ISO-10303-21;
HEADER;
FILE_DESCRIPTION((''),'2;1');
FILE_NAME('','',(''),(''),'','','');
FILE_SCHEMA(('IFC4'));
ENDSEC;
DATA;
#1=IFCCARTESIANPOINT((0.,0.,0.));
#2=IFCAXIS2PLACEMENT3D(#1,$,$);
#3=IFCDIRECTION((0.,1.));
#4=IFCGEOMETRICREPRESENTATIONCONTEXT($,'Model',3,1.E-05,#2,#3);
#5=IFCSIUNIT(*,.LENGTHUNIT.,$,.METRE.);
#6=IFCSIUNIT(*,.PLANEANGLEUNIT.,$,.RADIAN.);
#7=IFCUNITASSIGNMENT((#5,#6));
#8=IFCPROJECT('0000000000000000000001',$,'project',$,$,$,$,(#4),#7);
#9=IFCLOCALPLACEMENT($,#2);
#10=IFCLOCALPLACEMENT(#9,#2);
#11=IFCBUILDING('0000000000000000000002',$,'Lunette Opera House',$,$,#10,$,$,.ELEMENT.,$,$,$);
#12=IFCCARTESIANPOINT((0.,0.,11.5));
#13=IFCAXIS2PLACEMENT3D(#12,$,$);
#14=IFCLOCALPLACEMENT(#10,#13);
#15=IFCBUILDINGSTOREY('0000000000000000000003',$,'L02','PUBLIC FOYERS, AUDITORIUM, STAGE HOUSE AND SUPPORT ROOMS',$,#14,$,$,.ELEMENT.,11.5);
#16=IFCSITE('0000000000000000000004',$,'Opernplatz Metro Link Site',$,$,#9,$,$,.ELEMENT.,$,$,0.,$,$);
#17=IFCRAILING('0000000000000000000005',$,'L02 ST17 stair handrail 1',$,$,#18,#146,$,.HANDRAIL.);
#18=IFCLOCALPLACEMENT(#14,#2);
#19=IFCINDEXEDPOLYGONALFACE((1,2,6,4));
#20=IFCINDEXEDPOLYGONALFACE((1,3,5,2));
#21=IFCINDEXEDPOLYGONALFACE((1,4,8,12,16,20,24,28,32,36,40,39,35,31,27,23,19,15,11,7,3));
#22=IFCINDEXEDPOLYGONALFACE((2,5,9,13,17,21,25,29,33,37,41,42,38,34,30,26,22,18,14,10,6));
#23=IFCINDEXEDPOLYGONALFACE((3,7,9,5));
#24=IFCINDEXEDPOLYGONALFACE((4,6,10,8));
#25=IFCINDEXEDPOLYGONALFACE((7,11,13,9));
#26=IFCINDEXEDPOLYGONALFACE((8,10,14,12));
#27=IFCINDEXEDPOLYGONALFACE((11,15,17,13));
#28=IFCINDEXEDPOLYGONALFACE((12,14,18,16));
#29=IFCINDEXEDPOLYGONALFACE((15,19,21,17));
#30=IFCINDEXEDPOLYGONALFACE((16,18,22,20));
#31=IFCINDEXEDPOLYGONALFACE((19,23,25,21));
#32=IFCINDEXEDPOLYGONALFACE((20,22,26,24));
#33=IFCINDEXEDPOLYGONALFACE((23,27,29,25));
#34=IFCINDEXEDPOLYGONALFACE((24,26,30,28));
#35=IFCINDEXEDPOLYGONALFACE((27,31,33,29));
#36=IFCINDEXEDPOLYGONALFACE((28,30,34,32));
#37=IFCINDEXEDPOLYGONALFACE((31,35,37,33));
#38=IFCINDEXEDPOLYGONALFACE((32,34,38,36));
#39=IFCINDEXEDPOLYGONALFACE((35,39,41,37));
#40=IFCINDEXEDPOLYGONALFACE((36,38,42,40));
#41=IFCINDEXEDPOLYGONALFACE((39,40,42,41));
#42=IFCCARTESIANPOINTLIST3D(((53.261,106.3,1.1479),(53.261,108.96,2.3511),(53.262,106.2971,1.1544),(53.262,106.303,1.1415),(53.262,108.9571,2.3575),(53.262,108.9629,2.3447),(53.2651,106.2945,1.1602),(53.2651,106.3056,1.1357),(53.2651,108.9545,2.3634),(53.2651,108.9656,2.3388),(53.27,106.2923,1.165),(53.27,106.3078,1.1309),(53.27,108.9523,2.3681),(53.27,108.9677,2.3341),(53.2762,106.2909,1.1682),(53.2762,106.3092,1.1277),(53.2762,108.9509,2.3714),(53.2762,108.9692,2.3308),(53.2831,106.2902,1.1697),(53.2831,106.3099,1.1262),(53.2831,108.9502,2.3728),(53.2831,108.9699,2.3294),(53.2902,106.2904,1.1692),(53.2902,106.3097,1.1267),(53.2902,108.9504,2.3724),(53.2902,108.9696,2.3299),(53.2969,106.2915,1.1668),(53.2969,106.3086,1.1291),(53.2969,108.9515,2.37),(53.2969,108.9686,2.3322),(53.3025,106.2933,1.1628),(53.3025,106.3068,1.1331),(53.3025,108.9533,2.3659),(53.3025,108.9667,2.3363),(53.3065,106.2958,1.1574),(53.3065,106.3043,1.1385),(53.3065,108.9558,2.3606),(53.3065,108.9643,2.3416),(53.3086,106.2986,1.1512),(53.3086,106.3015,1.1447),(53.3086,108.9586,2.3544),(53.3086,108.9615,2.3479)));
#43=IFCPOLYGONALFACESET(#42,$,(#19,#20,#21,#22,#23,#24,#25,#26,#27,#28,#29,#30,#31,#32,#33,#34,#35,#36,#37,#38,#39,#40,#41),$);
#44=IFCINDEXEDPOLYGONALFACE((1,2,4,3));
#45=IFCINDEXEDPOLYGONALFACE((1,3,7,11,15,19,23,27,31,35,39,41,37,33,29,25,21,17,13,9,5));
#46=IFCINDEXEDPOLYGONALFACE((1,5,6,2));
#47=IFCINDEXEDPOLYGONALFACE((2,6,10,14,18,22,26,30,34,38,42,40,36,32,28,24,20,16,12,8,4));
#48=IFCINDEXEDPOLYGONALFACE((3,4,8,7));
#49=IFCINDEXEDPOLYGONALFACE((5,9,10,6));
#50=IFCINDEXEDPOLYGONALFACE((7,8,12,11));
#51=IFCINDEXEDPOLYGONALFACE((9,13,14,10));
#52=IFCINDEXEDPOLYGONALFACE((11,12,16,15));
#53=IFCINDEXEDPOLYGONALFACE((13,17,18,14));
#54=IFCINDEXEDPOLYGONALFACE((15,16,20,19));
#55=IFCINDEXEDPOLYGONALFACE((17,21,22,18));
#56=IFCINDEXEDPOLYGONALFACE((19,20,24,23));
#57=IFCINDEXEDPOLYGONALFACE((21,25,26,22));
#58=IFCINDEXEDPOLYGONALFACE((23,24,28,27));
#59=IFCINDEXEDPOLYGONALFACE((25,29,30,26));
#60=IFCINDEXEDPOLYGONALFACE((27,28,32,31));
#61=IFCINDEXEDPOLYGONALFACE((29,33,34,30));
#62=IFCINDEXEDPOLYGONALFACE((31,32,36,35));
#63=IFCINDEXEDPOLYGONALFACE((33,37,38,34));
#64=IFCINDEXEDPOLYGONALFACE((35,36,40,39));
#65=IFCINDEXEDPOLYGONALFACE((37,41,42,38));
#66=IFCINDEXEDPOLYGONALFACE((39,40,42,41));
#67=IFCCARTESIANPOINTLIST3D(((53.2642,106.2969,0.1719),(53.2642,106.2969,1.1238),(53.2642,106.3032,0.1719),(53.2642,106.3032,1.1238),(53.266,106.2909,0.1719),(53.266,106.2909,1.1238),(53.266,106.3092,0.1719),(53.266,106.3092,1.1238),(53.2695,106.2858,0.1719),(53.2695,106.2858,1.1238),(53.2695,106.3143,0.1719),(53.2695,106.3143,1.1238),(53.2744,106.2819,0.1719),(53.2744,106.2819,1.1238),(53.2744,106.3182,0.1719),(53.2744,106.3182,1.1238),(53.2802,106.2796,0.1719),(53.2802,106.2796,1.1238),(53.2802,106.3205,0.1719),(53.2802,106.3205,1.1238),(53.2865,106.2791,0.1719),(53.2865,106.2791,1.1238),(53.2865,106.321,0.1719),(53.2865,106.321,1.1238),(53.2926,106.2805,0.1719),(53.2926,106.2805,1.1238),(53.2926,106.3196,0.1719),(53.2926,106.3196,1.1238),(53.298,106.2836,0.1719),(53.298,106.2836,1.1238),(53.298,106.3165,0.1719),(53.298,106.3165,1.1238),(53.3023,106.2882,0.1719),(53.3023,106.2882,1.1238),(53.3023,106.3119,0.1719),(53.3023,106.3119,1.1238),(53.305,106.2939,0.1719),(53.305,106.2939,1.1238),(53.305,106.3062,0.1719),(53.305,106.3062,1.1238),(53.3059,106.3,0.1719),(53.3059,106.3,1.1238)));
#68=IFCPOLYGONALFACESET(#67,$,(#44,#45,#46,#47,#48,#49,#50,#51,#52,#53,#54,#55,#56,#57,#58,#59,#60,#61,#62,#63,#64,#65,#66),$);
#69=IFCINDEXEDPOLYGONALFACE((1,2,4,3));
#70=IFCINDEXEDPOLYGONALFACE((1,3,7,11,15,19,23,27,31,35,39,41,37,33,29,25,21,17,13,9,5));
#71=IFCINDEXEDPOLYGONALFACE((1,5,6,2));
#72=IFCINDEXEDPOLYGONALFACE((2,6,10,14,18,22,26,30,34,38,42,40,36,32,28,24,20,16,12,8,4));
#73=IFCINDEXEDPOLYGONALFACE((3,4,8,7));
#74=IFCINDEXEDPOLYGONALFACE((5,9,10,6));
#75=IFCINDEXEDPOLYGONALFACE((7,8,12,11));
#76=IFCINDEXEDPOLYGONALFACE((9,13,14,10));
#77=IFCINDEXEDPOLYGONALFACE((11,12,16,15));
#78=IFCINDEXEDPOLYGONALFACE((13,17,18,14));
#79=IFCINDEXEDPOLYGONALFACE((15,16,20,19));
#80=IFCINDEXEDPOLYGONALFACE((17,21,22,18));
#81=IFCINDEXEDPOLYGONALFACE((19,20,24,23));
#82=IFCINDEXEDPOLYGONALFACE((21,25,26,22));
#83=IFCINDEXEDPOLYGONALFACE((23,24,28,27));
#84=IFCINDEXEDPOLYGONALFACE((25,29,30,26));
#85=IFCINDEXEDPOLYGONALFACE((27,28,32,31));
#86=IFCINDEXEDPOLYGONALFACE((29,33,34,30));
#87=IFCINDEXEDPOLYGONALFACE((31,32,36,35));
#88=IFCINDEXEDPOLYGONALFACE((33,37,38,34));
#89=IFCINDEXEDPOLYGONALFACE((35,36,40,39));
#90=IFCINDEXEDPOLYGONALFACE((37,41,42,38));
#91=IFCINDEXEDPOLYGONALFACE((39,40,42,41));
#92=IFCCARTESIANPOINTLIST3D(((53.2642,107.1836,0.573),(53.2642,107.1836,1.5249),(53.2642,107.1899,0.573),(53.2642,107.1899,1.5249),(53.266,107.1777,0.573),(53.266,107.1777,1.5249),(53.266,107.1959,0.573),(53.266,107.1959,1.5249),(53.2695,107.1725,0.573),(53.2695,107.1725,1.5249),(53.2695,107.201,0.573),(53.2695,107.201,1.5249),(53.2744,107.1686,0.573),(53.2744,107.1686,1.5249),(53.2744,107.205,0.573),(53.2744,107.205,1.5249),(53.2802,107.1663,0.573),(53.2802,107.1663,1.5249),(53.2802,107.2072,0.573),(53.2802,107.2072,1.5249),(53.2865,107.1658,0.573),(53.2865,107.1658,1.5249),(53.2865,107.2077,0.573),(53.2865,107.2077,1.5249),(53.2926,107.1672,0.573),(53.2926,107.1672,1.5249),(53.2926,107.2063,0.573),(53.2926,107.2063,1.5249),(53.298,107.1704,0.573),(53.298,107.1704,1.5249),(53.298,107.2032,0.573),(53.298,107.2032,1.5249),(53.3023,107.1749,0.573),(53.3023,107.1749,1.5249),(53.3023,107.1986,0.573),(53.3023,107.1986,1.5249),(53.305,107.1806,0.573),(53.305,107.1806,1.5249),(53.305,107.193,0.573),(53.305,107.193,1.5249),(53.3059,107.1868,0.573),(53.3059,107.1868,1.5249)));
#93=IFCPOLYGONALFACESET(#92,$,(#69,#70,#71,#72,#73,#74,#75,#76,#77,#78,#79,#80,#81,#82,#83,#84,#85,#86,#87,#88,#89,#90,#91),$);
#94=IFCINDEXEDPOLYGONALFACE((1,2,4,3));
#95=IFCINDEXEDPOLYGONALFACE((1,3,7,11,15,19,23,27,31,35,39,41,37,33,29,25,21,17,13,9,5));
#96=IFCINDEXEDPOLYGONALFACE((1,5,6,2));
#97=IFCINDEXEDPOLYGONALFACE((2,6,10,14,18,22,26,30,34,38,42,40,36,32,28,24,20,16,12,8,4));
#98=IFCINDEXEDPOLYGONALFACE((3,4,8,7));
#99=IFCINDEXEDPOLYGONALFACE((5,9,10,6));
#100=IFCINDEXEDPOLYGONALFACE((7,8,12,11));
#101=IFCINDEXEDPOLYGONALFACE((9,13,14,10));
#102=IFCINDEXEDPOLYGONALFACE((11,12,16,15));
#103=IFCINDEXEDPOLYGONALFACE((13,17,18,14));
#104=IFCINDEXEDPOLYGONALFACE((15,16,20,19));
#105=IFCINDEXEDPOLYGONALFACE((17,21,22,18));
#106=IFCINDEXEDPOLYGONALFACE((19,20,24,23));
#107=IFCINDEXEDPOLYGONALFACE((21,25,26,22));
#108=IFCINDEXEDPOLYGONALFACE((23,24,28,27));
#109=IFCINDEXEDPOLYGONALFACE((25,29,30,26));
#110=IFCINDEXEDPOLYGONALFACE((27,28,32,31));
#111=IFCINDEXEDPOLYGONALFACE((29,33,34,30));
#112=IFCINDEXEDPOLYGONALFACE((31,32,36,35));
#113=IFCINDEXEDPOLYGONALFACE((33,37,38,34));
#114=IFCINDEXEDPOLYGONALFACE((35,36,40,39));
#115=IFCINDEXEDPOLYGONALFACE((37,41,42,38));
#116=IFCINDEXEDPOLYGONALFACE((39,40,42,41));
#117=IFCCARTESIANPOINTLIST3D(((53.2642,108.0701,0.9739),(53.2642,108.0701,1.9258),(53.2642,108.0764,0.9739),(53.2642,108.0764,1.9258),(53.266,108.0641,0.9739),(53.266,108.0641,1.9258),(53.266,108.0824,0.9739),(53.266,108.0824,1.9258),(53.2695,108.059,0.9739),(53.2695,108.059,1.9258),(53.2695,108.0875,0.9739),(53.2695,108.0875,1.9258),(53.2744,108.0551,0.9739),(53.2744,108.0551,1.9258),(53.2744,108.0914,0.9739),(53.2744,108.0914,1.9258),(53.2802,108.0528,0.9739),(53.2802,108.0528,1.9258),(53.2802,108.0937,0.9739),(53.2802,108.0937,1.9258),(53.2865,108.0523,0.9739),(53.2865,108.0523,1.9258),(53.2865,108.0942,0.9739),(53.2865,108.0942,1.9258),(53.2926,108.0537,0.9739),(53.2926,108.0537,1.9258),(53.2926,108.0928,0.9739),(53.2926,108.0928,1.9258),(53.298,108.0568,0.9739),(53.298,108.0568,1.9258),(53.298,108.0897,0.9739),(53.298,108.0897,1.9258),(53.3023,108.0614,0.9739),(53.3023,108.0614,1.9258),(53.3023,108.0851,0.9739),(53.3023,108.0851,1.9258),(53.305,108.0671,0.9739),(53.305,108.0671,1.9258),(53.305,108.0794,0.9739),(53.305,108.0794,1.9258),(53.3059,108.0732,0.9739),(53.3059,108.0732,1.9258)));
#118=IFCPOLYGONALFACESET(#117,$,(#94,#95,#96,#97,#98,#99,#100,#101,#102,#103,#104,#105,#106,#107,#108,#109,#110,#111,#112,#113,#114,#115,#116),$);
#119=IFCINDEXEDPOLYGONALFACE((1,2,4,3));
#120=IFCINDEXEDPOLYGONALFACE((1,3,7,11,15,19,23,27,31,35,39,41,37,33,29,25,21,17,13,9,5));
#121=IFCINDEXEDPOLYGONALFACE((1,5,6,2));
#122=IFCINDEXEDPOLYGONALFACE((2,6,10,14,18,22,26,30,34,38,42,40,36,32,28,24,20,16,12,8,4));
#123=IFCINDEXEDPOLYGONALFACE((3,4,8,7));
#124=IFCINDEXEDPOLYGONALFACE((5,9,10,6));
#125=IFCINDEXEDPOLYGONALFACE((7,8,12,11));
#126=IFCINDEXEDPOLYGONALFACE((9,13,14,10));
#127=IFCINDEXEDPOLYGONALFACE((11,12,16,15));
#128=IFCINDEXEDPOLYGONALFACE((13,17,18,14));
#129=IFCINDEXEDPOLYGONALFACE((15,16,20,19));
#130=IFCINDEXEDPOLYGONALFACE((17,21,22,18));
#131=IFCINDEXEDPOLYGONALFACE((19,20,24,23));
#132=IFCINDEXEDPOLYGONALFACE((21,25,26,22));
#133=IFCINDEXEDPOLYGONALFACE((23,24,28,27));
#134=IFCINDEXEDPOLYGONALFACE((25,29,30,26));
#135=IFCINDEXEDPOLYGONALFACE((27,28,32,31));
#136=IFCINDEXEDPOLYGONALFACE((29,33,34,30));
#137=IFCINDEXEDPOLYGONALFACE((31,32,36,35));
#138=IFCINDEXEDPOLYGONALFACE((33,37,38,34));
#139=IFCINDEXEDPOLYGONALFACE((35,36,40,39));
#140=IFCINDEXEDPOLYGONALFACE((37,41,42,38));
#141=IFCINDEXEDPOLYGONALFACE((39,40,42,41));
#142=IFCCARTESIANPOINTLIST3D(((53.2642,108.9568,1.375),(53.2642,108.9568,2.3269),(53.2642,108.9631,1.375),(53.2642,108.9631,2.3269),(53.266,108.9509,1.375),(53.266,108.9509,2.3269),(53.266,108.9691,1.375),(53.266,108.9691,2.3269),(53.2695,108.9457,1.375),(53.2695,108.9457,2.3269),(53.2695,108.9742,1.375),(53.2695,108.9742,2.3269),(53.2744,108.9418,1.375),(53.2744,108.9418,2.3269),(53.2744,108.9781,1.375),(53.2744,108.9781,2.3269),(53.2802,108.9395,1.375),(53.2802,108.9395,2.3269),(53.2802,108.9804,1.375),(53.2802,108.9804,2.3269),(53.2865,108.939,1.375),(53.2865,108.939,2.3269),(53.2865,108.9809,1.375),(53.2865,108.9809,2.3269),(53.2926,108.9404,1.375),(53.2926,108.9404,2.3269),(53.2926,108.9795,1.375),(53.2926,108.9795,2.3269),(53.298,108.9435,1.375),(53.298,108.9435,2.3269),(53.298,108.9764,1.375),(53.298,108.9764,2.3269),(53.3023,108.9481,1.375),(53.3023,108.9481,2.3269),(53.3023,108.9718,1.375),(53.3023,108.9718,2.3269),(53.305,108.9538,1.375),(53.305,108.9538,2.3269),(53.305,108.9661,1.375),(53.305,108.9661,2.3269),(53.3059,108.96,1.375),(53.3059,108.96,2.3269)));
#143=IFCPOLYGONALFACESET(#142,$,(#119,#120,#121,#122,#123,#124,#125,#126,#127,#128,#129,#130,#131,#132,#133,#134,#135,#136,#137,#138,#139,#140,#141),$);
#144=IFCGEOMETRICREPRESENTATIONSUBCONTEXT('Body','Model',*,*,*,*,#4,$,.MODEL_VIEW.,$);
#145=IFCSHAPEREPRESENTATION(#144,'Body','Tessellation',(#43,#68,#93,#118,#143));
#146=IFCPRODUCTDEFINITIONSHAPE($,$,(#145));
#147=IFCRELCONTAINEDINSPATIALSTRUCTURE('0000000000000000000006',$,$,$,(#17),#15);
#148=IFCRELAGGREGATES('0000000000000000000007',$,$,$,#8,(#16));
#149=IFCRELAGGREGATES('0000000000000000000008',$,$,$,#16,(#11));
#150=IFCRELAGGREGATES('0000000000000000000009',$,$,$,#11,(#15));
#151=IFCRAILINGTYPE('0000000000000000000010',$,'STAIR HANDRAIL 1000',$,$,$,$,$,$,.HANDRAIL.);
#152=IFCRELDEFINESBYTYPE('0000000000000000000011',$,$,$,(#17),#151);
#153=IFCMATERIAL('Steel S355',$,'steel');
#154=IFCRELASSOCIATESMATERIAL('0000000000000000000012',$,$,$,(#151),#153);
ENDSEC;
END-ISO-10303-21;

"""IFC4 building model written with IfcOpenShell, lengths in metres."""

from ifc_helpers import new_model, si_unit, direction, frame, origin, origin_2d, place, context, subcontext, project, spatial, circle, extrude, material, type_object, element, save


model = new_model("IFC4")

# Units and contexts
model_context = context("Model", 3, precision=1e-05, world=origin(), true_north=direction((0.0, 1.0)))
body_context = subcontext(model_context, "Body", "Model", "MODEL_VIEW")
ifc_project = project(units=[si_unit("LENGTHUNIT", "METRE"), si_unit("PLANEANGLEUNIT", "RADIAN")], contexts=[model_context])

# Site, building, storey
site_placement = place(None, origin())
site = spatial("IfcSite", under=ifc_project, at=site_placement, Name="Opernplatz Metro Link Site", CompositionType="ELEMENT", RefElevation=0.0)
building_placement = place(site_placement, origin())
building = spatial("IfcBuilding", under=site, at=building_placement, Name="Lunette Opera House", CompositionType="ELEMENT")
storey_placement = place(building_placement, frame((0.0, 0.0, 11.5)))
storey = spatial("IfcBuildingStorey", under=building, at=storey_placement, Name="L02", Description="PUBLIC FOYERS, AUDITORIUM, STAGE HOUSE AND SUPPORT ROOMS", CompositionType="ELEMENT", Elevation=11.5)

# Railing
ifc_material_1 = material(Name="Steel S355", Category="steel")
railing_type_1 = type_object("IfcRailingType", Name="STAIR HANDRAIL 1000", PredefinedType="HANDRAIL", material=ifc_material_1)
railing_1_placement = place(storey_placement, frame((53.2849, 106.3, 0.1719)))
element("IfcRailing", 1, at=railing_1_placement, inside=storey, type_object=railing_type_1, Name="L02 ST17 stair handrail 1", PredefinedType="HANDRAIL", context=body_context, shape_type="SweptSolid", body=[
    extrude(circle(Radius=0.0239, at=origin_2d()), frame((0.0, 0.0, 0.9761), z_axis=(0.0, 0.91113, 0.41212), x_axis=(-1.0, 0.0, 0.0)), (0.0, 0.0, 1.0), 2.9194),
    extrude(circle(Radius=0.021, at=origin_2d()), origin(), (0.0, 0.0, 1.0), 0.9519),
    extrude(circle(Radius=0.021, at=origin_2d()), frame((0.0, 0.8867, 0.4011)), (0.0, 0.0, 1.0), 0.9519),
    extrude(circle(Radius=0.021, at=origin_2d()), frame((0.0, 1.7732, 0.802)), (0.0, 0.0, 1.0), 0.9519),
    extrude(circle(Radius=0.021, at=origin_2d()), frame((0.0, 2.6599, 1.2031)), (0.0, 0.0, 1.0), 0.9519),
])

save(model, "model.ifc")
